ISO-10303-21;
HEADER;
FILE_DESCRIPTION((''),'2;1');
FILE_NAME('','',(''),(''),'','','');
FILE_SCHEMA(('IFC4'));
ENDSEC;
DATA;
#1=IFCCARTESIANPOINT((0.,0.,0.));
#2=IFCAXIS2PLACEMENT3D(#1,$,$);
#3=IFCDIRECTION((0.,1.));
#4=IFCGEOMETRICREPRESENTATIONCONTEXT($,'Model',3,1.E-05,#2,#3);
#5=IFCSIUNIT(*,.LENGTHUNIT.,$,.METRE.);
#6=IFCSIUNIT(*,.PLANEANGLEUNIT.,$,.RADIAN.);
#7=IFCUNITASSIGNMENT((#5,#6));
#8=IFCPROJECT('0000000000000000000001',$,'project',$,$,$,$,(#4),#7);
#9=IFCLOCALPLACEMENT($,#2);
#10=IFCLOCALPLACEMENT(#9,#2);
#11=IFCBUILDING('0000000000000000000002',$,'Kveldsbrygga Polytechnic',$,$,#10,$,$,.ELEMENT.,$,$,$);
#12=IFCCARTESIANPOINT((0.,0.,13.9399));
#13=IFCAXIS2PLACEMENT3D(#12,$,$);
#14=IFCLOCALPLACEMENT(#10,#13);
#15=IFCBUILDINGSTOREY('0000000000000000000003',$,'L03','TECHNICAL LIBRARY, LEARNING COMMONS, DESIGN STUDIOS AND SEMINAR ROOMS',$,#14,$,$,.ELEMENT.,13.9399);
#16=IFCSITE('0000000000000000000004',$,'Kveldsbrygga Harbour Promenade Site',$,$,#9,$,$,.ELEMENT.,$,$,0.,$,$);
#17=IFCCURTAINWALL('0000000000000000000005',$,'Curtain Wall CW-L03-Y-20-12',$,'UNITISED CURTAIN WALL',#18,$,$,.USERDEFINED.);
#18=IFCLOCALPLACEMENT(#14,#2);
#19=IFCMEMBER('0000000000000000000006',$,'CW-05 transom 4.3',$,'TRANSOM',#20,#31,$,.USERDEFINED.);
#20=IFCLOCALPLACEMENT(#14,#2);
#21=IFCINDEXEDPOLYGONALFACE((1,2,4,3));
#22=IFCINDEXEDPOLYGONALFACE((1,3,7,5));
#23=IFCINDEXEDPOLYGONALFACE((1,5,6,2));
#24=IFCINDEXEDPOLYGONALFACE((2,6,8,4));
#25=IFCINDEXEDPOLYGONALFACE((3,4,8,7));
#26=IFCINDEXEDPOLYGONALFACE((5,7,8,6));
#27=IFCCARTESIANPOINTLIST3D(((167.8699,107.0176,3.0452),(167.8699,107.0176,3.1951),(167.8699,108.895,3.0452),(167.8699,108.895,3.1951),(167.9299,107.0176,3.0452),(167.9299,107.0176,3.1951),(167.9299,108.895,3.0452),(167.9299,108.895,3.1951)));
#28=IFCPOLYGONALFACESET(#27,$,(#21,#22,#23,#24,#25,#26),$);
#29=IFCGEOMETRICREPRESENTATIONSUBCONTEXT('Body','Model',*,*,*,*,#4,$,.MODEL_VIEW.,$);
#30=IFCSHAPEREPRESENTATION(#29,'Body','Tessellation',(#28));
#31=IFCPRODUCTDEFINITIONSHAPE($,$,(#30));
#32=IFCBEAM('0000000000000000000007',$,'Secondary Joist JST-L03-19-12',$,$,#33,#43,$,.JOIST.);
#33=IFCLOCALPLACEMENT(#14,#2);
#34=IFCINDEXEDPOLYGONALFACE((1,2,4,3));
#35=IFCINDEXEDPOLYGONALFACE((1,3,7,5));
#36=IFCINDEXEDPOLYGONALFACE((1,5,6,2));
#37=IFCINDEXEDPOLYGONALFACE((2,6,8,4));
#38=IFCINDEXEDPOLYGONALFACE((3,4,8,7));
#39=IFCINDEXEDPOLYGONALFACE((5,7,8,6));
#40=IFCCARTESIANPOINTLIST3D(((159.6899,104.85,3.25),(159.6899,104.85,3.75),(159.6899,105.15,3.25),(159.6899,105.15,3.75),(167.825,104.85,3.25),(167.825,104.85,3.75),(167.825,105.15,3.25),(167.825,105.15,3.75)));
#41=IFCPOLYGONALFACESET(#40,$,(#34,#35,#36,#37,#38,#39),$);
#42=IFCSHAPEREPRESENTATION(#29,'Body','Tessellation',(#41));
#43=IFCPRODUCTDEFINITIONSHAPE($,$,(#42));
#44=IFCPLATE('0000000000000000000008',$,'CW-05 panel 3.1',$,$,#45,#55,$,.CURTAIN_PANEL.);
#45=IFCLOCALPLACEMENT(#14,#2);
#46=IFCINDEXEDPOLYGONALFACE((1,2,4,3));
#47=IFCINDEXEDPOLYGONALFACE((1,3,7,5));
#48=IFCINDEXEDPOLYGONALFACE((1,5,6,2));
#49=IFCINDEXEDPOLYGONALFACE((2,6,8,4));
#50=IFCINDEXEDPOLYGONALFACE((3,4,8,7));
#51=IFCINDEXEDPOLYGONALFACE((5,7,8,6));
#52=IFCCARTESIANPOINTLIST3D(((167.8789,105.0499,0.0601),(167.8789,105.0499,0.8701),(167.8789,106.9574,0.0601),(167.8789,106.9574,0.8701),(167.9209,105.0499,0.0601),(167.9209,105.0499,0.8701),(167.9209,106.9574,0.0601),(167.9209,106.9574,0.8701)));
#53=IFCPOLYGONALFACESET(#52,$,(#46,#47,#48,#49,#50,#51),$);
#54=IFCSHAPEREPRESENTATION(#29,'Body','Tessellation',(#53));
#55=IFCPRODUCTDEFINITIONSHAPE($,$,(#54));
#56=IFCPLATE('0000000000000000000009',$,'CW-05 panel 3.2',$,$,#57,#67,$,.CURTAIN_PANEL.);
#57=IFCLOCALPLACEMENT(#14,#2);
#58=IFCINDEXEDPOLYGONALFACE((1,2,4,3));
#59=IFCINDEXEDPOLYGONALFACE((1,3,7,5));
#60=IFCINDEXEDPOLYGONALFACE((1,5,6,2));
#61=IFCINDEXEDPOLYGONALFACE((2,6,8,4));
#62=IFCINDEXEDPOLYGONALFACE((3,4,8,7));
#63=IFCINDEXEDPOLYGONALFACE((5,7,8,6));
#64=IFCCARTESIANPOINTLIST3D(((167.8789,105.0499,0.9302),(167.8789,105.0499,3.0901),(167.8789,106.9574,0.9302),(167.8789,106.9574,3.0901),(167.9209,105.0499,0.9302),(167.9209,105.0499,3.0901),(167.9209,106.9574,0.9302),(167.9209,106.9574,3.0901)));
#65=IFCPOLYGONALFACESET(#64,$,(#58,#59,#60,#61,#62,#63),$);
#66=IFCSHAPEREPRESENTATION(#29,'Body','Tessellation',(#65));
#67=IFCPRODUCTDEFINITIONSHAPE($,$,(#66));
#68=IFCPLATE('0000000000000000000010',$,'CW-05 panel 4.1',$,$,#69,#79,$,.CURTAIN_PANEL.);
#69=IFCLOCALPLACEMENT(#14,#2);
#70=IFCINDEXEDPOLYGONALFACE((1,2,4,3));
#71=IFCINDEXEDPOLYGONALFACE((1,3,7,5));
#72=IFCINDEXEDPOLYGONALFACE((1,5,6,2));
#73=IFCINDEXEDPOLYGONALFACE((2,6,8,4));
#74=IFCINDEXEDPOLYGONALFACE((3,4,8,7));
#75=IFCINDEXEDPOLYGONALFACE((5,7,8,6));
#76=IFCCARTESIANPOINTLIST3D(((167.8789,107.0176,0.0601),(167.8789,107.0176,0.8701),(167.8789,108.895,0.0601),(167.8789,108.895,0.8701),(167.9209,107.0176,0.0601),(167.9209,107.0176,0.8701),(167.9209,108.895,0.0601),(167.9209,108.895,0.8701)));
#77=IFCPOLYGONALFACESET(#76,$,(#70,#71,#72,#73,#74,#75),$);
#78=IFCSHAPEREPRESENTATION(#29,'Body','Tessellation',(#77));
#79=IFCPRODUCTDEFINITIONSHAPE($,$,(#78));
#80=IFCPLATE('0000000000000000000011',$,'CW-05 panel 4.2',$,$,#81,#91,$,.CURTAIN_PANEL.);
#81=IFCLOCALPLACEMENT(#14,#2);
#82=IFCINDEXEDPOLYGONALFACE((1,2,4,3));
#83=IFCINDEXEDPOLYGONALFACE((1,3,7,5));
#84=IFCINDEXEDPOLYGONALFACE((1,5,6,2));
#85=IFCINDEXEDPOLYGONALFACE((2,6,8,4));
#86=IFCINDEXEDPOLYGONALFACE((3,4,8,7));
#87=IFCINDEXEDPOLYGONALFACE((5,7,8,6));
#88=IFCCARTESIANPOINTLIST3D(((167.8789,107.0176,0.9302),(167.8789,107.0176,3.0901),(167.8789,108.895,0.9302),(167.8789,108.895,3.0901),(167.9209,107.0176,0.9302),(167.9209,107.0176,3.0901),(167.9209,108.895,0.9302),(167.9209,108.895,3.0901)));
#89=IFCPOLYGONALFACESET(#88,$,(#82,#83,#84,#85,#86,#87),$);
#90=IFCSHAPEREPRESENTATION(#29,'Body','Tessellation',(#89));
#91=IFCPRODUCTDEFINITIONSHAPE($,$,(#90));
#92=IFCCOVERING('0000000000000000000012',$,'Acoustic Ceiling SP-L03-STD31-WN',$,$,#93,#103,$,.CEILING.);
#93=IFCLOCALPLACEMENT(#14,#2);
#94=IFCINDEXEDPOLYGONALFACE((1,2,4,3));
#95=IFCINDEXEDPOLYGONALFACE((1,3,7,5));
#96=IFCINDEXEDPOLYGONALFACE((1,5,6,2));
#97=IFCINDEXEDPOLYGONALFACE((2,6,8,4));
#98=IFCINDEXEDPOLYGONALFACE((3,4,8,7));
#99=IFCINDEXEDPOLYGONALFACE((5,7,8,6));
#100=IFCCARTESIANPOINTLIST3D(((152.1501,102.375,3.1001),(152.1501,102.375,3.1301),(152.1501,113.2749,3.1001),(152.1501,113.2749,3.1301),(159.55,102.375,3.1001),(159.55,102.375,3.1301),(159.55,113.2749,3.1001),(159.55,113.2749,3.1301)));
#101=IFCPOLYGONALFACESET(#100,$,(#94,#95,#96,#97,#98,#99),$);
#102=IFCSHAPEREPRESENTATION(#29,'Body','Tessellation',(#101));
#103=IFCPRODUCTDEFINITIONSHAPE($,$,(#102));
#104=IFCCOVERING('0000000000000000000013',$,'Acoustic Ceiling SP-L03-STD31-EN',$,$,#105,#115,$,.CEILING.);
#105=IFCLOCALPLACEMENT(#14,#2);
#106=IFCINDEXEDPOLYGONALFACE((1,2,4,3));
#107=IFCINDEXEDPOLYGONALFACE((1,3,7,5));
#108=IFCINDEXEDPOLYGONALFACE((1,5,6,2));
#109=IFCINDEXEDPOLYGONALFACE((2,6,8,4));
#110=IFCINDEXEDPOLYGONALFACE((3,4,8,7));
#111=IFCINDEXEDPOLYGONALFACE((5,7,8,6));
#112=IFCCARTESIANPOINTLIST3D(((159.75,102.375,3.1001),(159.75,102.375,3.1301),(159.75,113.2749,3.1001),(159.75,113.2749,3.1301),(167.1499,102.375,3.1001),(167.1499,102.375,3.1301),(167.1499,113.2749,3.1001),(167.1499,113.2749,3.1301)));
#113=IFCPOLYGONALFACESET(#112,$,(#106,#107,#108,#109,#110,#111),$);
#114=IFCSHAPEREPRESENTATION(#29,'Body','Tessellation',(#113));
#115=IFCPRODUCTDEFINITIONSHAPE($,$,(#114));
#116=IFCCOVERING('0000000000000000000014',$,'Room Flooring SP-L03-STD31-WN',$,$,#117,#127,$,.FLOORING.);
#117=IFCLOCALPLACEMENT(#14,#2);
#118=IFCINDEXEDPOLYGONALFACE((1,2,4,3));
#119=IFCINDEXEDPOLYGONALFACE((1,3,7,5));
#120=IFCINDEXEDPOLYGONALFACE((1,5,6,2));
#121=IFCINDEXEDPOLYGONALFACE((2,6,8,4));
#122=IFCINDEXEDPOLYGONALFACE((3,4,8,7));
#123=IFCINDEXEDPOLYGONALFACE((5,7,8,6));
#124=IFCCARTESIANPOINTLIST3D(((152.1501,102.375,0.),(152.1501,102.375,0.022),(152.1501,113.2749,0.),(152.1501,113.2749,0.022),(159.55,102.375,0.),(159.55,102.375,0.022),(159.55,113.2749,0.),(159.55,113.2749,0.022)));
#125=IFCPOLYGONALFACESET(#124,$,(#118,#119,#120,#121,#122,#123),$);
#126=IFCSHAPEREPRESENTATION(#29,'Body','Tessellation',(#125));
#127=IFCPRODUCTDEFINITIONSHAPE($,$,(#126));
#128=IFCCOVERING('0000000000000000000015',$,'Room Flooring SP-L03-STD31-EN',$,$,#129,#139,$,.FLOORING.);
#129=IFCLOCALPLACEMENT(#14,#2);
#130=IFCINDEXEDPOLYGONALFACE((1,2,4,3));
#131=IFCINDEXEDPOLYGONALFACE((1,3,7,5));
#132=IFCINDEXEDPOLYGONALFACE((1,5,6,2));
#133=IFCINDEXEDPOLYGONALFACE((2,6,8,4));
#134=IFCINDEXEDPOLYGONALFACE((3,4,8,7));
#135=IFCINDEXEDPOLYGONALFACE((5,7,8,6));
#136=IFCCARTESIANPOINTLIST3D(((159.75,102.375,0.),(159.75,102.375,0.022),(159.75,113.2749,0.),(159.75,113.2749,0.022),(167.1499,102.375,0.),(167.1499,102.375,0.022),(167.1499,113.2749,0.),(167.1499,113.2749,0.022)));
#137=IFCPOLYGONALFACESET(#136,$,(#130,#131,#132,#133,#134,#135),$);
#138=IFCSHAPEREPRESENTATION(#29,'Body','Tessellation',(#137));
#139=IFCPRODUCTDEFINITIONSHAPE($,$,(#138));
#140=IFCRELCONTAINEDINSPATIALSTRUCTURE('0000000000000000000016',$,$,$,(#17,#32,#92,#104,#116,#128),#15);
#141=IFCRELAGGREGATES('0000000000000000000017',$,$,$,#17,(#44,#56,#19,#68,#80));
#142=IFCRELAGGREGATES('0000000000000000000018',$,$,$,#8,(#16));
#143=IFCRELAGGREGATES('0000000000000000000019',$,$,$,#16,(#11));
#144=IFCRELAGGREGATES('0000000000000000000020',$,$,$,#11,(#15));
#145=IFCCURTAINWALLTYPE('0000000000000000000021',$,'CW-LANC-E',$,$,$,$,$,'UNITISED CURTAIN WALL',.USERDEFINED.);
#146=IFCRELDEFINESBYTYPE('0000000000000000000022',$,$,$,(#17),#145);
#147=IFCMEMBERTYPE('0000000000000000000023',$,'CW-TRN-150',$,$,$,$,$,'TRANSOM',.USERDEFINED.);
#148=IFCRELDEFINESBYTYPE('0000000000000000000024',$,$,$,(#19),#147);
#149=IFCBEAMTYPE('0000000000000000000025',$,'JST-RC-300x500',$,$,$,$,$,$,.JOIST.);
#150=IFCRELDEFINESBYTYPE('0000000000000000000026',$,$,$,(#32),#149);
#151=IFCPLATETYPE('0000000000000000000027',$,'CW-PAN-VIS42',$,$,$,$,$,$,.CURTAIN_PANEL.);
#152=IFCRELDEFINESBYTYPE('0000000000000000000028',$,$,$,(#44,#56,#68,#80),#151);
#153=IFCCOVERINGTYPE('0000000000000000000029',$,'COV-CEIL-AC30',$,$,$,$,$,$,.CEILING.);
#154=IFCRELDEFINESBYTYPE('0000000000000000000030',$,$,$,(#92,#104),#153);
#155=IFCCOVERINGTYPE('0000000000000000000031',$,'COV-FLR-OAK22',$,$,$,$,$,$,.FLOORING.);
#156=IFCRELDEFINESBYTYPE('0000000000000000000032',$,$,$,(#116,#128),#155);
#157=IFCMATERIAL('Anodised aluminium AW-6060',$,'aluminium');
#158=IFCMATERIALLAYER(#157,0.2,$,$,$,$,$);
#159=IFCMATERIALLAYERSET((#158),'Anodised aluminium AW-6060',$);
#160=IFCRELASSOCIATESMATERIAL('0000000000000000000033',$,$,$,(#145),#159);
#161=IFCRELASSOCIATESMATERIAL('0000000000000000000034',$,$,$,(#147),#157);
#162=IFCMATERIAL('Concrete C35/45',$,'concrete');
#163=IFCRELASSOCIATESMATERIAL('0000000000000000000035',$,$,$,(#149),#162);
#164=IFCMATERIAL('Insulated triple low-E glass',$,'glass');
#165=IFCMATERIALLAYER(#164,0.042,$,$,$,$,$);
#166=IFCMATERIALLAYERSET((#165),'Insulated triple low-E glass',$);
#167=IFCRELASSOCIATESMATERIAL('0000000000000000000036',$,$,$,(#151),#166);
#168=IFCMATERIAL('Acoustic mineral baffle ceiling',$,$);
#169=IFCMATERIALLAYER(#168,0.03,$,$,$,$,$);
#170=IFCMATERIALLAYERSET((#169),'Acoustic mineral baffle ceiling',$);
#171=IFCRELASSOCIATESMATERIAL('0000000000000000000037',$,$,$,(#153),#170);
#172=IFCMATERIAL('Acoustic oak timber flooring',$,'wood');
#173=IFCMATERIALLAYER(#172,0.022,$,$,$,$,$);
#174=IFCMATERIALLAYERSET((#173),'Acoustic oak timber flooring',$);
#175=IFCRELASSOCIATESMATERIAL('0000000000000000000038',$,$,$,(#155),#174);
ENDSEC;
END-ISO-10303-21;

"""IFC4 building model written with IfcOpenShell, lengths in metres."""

from ifc_helpers import new_model, si_unit, direction, frame, origin, origin_2d, place, context, subcontext, project, spatial, rectangle, extrude, material, layer, layer_set, material_profile, profile_set, type_object, element, aggregate, save


model = new_model("IFC4")

# Units and contexts
model_context = context("Model", 3, precision=1e-05, world=origin(), true_north=direction((0.0, 1.0)))
body_context = subcontext(model_context, "Body", "Model", "MODEL_VIEW")
ifc_project = project(units=[si_unit("LENGTHUNIT", "METRE"), si_unit("PLANEANGLEUNIT", "RADIAN")], contexts=[model_context])

# Site, building, storey
site_placement = place(None, origin())
site = spatial("IfcSite", under=ifc_project, at=site_placement, Name="Kveldsbrygga Harbour Promenade Site", CompositionType="ELEMENT", RefElevation=0.0)
building_placement = place(site_placement, origin())
building = spatial("IfcBuilding", under=site, at=building_placement, Name="Kveldsbrygga Polytechnic", CompositionType="ELEMENT")
storey_placement = place(building_placement, frame((0.0, 0.0, 13.9399)))
storey = spatial("IfcBuildingStorey", under=building, at=storey_placement, Name="L03", Description="TECHNICAL LIBRARY, LEARNING COMMONS, DESIGN STUDIOS AND SEMINAR ROOMS", CompositionType="ELEMENT", Elevation=13.9399)

# Shared definitions
ifc_material_1 = material(Name="Concrete C35/45", Category="concrete")

# Curtain wall, member
ifc_material_2 = material(Name="Anodised aluminium AW-6060", Category="aluminium")
ifc_layer_1 = layer(ifc_material_2, 0.2)
ifc_layer_set_1 = layer_set([ifc_layer_1], Name="Anodised aluminium AW-6060")
curtain_wall_type = type_object("IfcCurtainWallType", Name="CW-LANC-E", ElementType="UNITISED CURTAIN WALL", PredefinedType="USERDEFINED", material=ifc_layer_set_1)
curtain_wall_placement = place(storey_placement, origin())
curtain_wall = element("IfcCurtainWall", 1, at=curtain_wall_placement, inside=storey, type_object=curtain_wall_type, Name="Curtain Wall CW-L03-Y-20-12", ObjectType="UNITISED CURTAIN WALL", PredefinedType="USERDEFINED")
ifc_material_profile_1 = material_profile(ifc_material_2, rectangle(XDim=0.0601, YDim=0.1499, at=origin_2d()), Name="ALU 60x150")
ifc_profile_set_1 = profile_set([ifc_material_profile_1], Name="Anodised aluminium AW-6060")
member_type_1 = type_object("IfcMemberType", Name="CW-TRN-150", ElementType="TRANSOM", PredefinedType="USERDEFINED", material=ifc_profile_set_1)
member_1_placement = place(storey_placement, frame((167.8999, 107.0176, 3.1201), z_axis=(0.0, 1.0, 0.0), x_axis=(-1.0, 0.0, 0.0)))
member_1 = element("IfcMember", 2, at=member_1_placement, type_object=member_type_1, Name="CW-05 transom 4.3", ObjectType="TRANSOM", PredefinedType="USERDEFINED", context=body_context, shape_type="SweptSolid", body=[
    extrude(rectangle(XDim=0.0601, YDim=0.1499, at=origin_2d()), origin(), (0.0, 0.0, 1.0), 1.8774),
])

# Beam
ifc_material_profile_2 = material_profile(ifc_material_1, rectangle(XDim=0.3, YDim=0.5, at=origin_2d()), Name="RC 300x500")
ifc_profile_set_2 = profile_set([ifc_material_profile_2], Name="Concrete C35/45")
beam_type_1 = type_object("IfcBeamType", Name="JST-RC-300x500", PredefinedType="JOIST", material=ifc_profile_set_2)
beam_1_placement = place(storey_placement, frame((159.6899, 105.0, 3.5), z_axis=(1.0, 0.0, 0.0), x_axis=(0.0, 1.0, 0.0)))
element("IfcBeam", 3, at=beam_1_placement, inside=storey, type_object=beam_type_1, Name="Secondary Joist JST-L03-19-12", PredefinedType="JOIST", context=body_context, shape_type="SweptSolid", body=[
    extrude(rectangle(XDim=0.3, YDim=0.5, at=origin_2d()), origin(), (0.0, 0.0, 1.0), 8.135),
])

# Plates
ifc_material_3 = material(Name="Insulated triple low-E glass", Category="glass")
ifc_layer_2 = layer(ifc_material_3, 0.042)
ifc_layer_set_2 = layer_set([ifc_layer_2], Name="Insulated triple low-E glass")
plate_type = type_object("IfcPlateType", Name="CW-PAN-VIS42", PredefinedType="CURTAIN_PANEL", material=ifc_layer_set_2)
plate_1_placement = place(storey_placement, frame((167.8999, 106.0037, 0.0601), z_axis=(0.0, 0.0, 1.0), x_axis=(0.0, 1.0, 0.0)))
plate_1 = element("IfcPlate", 4, at=plate_1_placement, type_object=plate_type, Name="CW-05 panel 3.1", PredefinedType="CURTAIN_PANEL", context=body_context, shape_type="SweptSolid", body=[
    extrude(rectangle(XDim=1.9075, YDim=0.042, at=origin_2d()), origin(), (0.0, 0.0, 1.0), 0.8101),
])
plate_2_placement = place(storey_placement, frame((167.8999, 106.0037, 0.9302), z_axis=(0.0, 0.0, 1.0), x_axis=(0.0, 1.0, 0.0)))
plate_2 = element("IfcPlate", 5, at=plate_2_placement, type_object=plate_type, Name="CW-05 panel 3.2", PredefinedType="CURTAIN_PANEL", context=body_context, shape_type="SweptSolid", body=[
    extrude(rectangle(XDim=1.9075, YDim=0.042, at=origin_2d()), origin(), (0.0, 0.0, 1.0), 2.1599),
])
plate_3_placement = place(storey_placement, frame((167.8999, 107.9563, 0.0601), z_axis=(0.0, 0.0, 1.0), x_axis=(0.0, 1.0, 0.0)))
plate_3 = element("IfcPlate", 6, at=plate_3_placement, type_object=plate_type, Name="CW-05 panel 4.1", PredefinedType="CURTAIN_PANEL", context=body_context, shape_type="SweptSolid", body=[
    extrude(rectangle(XDim=1.8774, YDim=0.042, at=origin_2d()), origin(), (0.0, 0.0, 1.0), 0.8101),
])
plate_4_placement = place(storey_placement, frame((167.8999, 107.9563, 0.9302), z_axis=(0.0, 0.0, 1.0), x_axis=(0.0, 1.0, 0.0)))
plate_4 = element("IfcPlate", 7, at=plate_4_placement, type_object=plate_type, Name="CW-05 panel 4.2", PredefinedType="CURTAIN_PANEL", context=body_context, shape_type="SweptSolid", body=[
    extrude(rectangle(XDim=1.8774, YDim=0.042, at=origin_2d()), origin(), (0.0, 0.0, 1.0), 2.1599),
])
aggregate(curtain_wall, [plate_1, plate_2, member_1, plate_3, plate_4])

# Coverings
ifc_material_4 = material(Name="Acoustic mineral baffle ceiling")
ifc_layer_3 = layer(ifc_material_4, 0.03)
ifc_layer_set_3 = layer_set([ifc_layer_3], Name="Acoustic mineral baffle ceiling")
covering_type_1 = type_object("IfcCoveringType", Name="COV-CEIL-AC30", PredefinedType="CEILING", material=ifc_layer_set_3)
for number, where, z_axis, x_axis, name in (
    (8, (155.8501, 107.825, 3.1001), (0.0, 0.0, 1.0), (1.0, 0.0, 0.0), "Acoustic Ceiling SP-L03-STD31-WN"),
    (9, (163.45, 107.825, 3.1001), (0.0, 0.0, 1.0), (1.0, 0.0, 0.0), "Acoustic Ceiling SP-L03-STD31-EN"),
):
    element("IfcCovering", number, at=place(storey_placement, frame(where, z_axis=z_axis, x_axis=x_axis)), inside=storey, type_object=covering_type_1, Name=name, PredefinedType="CEILING", context=body_context, shape_type="SweptSolid", body=[
        extrude(rectangle(XDim=7.3999, YDim=10.8999, at=origin_2d()), origin(), (0.0, 0.0, 1.0), 0.03),
    ])
ifc_material_5 = material(Name="Acoustic oak timber flooring", Category="wood")
ifc_layer_4 = layer(ifc_material_5, 0.022)
ifc_layer_set_4 = layer_set([ifc_layer_4], Name="Acoustic oak timber flooring")
covering_type_2 = type_object("IfcCoveringType", Name="COV-FLR-OAK22", PredefinedType="FLOORING", material=ifc_layer_set_4)
for number, where, z_axis, x_axis, name in (
    (10, (155.8501, 107.825, 0.0), (0.0, 0.0, 1.0), (1.0, 0.0, 0.0), "Room Flooring SP-L03-STD31-WN"),
    (11, (163.45, 107.825, 0.0), (0.0, 0.0, 1.0), (1.0, 0.0, 0.0), "Room Flooring SP-L03-STD31-EN"),
):
    element("IfcCovering", number, at=place(storey_placement, frame(where, z_axis=z_axis, x_axis=x_axis)), inside=storey, type_object=covering_type_2, Name=name, PredefinedType="FLOORING", context=body_context, shape_type="SweptSolid", body=[
        extrude(rectangle(XDim=7.3999, YDim=10.8999, at=origin_2d()), origin(), (0.0, 0.0, 1.0), 0.022),
    ])

save(model, "model.ifc")
